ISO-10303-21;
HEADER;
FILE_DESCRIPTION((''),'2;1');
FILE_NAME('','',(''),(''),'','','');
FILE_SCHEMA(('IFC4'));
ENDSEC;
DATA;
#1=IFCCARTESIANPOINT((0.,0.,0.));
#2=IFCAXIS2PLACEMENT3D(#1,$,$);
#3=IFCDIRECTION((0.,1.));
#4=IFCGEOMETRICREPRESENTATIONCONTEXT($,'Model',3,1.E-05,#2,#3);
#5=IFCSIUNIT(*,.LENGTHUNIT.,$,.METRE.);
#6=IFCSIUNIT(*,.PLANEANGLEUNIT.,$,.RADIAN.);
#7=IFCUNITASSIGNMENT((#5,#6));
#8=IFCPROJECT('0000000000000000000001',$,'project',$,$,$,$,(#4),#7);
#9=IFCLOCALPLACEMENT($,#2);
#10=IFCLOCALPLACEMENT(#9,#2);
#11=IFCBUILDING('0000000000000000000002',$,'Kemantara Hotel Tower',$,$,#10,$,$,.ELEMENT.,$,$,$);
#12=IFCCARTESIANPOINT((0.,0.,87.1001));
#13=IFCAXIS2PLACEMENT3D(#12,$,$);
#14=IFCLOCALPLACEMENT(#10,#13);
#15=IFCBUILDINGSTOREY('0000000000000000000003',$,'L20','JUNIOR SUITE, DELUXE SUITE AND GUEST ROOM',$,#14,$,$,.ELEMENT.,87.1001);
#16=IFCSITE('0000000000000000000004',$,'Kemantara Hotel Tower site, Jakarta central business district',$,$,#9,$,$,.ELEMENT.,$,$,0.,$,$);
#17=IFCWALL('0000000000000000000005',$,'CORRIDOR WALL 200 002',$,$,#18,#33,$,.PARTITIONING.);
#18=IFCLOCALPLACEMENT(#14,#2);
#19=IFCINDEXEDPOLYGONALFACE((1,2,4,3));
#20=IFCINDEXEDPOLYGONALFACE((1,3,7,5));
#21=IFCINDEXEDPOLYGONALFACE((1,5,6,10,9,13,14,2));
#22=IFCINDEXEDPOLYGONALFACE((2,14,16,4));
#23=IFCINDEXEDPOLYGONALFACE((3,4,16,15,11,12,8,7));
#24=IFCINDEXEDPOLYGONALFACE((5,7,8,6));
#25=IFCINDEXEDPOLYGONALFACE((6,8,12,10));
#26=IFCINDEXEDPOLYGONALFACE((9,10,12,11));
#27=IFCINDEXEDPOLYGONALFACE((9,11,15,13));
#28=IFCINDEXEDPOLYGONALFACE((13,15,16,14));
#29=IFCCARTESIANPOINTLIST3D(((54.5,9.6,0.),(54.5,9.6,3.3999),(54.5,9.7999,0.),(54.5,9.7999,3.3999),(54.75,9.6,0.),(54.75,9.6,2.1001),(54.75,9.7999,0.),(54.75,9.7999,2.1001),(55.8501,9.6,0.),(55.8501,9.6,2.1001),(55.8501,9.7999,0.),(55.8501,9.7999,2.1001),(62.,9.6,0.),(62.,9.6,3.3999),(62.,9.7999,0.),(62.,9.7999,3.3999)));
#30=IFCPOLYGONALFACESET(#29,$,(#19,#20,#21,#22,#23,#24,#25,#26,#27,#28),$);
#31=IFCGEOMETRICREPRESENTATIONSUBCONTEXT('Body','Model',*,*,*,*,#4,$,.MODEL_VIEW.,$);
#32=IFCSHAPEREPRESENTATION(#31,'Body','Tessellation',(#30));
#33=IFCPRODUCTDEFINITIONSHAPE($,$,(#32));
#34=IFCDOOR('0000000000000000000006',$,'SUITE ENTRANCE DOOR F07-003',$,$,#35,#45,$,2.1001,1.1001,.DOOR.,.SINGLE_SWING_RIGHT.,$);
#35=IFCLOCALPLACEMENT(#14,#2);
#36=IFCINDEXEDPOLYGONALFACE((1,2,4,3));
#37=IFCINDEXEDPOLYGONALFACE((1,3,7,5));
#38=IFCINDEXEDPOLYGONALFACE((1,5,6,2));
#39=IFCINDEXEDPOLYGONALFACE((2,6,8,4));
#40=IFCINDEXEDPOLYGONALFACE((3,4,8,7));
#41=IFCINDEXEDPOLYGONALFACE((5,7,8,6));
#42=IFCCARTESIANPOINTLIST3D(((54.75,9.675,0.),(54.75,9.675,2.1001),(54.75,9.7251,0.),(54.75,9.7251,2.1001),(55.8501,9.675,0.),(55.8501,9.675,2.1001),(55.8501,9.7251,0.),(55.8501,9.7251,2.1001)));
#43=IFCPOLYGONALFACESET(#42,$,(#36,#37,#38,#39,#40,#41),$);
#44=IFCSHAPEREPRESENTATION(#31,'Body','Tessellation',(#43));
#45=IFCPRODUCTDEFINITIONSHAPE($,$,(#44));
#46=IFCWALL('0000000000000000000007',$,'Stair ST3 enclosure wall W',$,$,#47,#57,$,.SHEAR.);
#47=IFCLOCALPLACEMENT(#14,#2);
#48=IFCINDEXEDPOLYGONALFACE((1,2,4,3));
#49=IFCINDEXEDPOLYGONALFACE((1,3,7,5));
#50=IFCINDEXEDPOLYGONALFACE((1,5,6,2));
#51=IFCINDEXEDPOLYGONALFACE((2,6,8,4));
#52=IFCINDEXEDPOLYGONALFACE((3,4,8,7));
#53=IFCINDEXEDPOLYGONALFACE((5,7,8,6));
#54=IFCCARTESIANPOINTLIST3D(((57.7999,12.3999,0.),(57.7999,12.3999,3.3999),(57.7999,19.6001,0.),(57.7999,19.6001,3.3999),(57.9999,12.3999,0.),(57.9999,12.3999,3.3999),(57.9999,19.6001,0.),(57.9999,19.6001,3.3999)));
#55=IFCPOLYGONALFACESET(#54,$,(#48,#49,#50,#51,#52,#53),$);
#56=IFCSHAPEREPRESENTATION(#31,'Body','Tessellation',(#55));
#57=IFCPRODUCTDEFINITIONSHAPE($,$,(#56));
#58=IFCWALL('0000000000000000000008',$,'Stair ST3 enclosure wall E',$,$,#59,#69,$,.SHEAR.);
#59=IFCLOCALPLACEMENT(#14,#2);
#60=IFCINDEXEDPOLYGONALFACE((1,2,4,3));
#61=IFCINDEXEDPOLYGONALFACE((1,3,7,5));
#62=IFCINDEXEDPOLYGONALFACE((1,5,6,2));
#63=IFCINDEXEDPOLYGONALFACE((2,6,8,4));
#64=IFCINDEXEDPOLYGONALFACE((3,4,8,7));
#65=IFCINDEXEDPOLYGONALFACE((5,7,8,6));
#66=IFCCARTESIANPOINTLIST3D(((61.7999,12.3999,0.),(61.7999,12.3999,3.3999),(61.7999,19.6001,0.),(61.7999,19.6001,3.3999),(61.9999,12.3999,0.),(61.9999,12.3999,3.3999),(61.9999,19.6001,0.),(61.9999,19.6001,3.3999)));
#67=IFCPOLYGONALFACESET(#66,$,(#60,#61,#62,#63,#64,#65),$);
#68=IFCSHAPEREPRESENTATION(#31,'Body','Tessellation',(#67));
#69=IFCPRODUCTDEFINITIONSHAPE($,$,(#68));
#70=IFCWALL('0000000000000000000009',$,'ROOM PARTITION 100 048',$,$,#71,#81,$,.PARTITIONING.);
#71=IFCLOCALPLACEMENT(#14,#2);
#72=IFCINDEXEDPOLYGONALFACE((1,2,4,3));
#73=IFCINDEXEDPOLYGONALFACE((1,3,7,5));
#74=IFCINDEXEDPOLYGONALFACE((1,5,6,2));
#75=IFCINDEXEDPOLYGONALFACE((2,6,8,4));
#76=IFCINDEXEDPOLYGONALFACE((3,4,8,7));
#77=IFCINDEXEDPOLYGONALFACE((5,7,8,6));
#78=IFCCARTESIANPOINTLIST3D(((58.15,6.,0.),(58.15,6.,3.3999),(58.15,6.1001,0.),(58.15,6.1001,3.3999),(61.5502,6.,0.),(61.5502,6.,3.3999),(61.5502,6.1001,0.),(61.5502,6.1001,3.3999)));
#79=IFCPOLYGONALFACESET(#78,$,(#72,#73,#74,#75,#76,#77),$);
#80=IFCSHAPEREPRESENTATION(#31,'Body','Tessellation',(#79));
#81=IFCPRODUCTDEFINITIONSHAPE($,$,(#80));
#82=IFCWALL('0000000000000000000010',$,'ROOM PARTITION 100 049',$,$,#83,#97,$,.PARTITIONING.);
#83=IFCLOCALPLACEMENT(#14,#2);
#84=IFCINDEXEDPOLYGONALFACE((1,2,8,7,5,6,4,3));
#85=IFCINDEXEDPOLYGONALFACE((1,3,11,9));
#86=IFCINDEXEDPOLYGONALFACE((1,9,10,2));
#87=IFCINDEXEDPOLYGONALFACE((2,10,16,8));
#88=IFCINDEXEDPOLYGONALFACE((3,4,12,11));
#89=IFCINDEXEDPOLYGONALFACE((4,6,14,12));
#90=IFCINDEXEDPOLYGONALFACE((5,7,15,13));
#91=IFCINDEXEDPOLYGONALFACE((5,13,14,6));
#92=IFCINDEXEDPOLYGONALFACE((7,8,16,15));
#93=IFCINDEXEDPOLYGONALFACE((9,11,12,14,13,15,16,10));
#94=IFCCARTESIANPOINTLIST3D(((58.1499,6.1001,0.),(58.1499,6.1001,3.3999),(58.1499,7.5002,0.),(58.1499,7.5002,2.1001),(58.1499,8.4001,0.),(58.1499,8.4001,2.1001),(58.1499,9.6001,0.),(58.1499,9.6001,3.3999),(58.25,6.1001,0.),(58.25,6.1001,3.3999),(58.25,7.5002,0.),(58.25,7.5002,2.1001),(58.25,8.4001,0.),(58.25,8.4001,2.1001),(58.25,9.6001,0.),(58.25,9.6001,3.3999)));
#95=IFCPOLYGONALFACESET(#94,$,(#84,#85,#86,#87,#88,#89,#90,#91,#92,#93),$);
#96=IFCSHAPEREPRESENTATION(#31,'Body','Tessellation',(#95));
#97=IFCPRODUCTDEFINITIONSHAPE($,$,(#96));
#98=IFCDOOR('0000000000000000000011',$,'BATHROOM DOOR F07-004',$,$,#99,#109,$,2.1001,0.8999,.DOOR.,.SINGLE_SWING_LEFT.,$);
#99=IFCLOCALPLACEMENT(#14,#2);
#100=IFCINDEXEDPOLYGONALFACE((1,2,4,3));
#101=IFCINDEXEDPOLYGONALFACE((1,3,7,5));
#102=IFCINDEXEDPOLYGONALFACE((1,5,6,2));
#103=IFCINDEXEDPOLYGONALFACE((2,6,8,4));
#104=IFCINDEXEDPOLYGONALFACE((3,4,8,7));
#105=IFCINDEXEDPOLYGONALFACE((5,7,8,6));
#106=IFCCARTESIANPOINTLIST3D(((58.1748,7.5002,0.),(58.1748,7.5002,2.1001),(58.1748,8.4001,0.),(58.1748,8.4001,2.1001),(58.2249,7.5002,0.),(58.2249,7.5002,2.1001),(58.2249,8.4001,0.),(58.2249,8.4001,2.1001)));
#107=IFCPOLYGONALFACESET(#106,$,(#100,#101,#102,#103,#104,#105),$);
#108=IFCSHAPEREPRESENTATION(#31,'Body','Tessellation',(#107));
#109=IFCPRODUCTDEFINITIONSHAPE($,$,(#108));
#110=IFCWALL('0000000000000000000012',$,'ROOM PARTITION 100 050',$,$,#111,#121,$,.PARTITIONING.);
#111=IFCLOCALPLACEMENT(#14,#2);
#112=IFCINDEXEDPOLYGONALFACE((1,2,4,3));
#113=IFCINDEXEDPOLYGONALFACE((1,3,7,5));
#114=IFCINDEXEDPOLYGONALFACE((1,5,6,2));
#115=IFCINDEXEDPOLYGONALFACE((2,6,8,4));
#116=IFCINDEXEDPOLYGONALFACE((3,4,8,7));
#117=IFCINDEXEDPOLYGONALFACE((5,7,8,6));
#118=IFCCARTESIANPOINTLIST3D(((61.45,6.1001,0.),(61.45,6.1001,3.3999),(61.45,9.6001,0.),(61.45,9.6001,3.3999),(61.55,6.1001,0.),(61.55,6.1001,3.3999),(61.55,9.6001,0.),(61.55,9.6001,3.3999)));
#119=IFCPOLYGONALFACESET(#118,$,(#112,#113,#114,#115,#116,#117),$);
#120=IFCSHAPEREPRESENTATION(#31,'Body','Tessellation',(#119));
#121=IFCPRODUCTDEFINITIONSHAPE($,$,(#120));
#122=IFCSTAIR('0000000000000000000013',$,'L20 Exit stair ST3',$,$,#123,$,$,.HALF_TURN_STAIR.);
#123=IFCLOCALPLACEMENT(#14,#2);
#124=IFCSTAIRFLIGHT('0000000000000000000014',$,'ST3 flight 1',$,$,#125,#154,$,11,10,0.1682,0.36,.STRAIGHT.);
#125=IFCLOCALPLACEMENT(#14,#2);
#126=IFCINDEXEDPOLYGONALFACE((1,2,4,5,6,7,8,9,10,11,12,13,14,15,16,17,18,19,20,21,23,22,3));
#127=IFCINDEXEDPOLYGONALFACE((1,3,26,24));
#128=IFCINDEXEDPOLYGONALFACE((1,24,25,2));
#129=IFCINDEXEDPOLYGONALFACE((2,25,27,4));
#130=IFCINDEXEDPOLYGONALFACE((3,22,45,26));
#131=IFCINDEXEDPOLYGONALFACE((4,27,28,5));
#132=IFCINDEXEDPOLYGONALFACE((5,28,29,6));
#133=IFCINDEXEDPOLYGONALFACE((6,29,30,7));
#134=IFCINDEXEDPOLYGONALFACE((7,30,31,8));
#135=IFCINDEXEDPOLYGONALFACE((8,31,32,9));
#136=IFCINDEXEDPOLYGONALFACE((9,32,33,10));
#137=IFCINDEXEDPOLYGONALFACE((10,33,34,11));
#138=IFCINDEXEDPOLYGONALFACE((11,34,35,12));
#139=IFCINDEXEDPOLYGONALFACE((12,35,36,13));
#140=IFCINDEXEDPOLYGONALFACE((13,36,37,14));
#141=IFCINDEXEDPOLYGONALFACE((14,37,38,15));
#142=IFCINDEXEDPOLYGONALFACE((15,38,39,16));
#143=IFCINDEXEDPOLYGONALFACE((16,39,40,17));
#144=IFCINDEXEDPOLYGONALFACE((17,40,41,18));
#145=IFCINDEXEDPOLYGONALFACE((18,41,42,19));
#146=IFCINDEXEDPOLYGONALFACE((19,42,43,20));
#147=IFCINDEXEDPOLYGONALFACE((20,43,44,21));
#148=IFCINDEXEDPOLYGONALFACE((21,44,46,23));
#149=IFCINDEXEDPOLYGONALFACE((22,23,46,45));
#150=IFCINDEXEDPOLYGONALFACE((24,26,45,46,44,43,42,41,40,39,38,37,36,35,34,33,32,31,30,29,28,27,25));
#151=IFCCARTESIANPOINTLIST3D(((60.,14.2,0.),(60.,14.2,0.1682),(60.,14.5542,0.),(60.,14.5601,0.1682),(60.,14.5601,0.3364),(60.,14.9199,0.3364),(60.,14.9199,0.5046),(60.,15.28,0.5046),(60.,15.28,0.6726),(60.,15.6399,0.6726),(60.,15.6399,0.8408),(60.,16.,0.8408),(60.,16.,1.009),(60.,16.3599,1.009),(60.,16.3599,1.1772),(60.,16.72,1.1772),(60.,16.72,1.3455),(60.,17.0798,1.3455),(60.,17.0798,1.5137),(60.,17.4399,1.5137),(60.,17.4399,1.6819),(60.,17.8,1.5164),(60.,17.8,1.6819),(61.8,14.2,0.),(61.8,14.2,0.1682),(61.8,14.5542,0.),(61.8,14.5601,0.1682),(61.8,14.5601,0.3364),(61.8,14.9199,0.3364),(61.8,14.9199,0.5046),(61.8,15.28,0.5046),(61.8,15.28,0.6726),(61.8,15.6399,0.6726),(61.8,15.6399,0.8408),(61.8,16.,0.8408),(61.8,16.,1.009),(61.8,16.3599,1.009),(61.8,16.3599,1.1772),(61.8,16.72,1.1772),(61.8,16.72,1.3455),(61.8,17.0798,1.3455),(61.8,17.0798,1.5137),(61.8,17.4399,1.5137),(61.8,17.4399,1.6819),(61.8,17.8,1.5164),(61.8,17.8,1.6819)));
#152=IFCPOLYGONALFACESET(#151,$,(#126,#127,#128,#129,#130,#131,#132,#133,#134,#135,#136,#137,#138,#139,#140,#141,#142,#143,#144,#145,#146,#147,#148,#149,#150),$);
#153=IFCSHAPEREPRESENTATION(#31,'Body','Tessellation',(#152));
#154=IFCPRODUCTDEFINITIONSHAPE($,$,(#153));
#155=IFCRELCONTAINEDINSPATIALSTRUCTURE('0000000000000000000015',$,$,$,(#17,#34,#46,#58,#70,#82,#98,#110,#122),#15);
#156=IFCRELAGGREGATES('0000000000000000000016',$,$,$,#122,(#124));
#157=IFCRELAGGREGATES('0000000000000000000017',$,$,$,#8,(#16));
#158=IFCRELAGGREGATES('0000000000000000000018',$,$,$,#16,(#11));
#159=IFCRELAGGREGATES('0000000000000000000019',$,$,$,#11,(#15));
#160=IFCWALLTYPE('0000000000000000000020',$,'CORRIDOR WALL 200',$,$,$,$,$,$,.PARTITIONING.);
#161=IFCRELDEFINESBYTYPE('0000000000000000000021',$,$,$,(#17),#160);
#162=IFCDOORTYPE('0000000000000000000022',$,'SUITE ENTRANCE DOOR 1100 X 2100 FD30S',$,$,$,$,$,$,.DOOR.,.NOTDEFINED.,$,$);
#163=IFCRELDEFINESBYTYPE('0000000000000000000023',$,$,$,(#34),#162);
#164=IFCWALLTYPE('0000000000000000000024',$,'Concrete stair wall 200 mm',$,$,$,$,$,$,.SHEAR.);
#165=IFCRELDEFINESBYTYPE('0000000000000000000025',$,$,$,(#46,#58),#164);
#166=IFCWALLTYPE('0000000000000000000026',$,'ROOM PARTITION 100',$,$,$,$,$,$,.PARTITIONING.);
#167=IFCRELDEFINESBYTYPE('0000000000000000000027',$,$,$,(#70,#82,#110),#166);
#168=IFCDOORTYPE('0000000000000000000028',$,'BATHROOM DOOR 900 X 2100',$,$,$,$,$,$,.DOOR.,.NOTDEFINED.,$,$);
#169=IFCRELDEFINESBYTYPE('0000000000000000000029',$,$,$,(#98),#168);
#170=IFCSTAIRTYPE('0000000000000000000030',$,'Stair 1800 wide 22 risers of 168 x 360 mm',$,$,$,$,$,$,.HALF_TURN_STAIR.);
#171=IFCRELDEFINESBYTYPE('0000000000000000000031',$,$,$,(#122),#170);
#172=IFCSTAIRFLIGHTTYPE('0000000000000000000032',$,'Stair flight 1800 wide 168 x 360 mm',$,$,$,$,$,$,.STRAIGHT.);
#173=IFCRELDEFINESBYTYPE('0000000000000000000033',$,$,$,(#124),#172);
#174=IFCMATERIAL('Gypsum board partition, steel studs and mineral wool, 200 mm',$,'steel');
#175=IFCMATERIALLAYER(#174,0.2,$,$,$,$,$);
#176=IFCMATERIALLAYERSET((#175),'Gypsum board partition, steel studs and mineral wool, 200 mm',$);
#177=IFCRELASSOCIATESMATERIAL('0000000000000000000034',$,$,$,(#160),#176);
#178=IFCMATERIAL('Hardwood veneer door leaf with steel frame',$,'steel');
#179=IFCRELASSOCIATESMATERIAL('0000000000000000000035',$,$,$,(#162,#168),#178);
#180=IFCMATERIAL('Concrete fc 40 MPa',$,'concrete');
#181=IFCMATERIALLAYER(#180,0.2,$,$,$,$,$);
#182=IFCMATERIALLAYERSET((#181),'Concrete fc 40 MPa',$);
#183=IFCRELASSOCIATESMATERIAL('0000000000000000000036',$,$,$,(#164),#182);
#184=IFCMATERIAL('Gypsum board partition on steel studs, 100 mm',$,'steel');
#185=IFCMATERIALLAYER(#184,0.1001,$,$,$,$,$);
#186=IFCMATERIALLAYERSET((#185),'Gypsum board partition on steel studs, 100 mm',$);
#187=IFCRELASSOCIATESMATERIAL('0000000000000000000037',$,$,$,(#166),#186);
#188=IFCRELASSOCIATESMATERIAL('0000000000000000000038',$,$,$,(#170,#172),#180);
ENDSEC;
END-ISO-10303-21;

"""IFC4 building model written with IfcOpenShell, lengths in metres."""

from ifc_helpers import new_model, si_unit, direction, frame, frame_2d, origin, place, context, subcontext, project, spatial, polyline, rectangle, outline, extrude, material, layer, layer_set, type_object, element, fill, aggregate, save


model = new_model("IFC4")

# Units and contexts
model_context = context("Model", 3, precision=1e-05, world=origin(), true_north=direction((0.0, 1.0)))
body_context = subcontext(model_context, "Body", "Model", "MODEL_VIEW")
ifc_project = project(units=[si_unit("LENGTHUNIT", "METRE"), si_unit("PLANEANGLEUNIT", "RADIAN")], contexts=[model_context])

# Site, building, storey
site_placement = place(None, origin())
site = spatial("IfcSite", under=ifc_project, at=site_placement, Name="Kemantara Hotel Tower site, Jakarta central business district", CompositionType="ELEMENT", RefElevation=0.0)
building_placement = place(site_placement, origin())
building = spatial("IfcBuilding", under=site, at=building_placement, Name="Kemantara Hotel Tower", CompositionType="ELEMENT")
storey_placement = place(building_placement, frame((0.0, 0.0, 87.1001)))
storey = spatial("IfcBuildingStorey", under=building, at=storey_placement, Name="L20", Description="JUNIOR SUITE, DELUXE SUITE AND GUEST ROOM", CompositionType="ELEMENT", Elevation=87.1001)

# Wall, opening, door
ifc_material_1 = material(Name="Gypsum board partition, steel studs and mineral wool, 200 mm", Category="steel")
ifc_layer_1 = layer(ifc_material_1, 0.2)
ifc_layer_set_1 = layer_set([ifc_layer_1], Name="Gypsum board partition, steel studs and mineral wool, 200 mm")
wall_type_1 = type_object("IfcWallType", Name="CORRIDOR WALL 200", PredefinedType="PARTITIONING", material=ifc_layer_set_1)
wall_1_placement = place(storey_placement, frame((62.0, 9.7, 0.0), z_axis=(0.0, 0.0, 1.0), x_axis=(-1.0, 0.0, 0.0)))
wall_1 = element("IfcWall", 1, at=wall_1_placement, inside=storey, type_object=wall_type_1, Name="CORRIDOR WALL 200 002", PredefinedType="PARTITIONING", context=body_context, shape_type="SweptSolid", body=[
    extrude(rectangle(XDim=7.5, YDim=0.2, at=frame_2d((3.75, 0.0))), origin(), (0.0, 0.0, 1.0), 3.3999),
])
opening_1_placement = place(wall_1_placement, frame((6.1499, 0.0, 0.0)))
opening_1 = element("IfcOpeningElement", 2, at=opening_1_placement, cuts=wall_1, PredefinedType="OPENING", context=body_context, shape_type="SweptSolid", body=[
    extrude(rectangle(XDim=1.1001, YDim=2.1001, at=frame_2d((0.55, 1.05))), frame((0.0, 0.1099, 0.0), z_axis=(0.0, -1.0, 0.0), x_axis=(1.0, 0.0, 0.0)), (0.0, 0.0, 1.0), 0.22),
])
ifc_material_2 = material(Name="Hardwood veneer door leaf with steel frame", Category="steel")
door_type_1 = type_object("IfcDoorType", Name="SUITE ENTRANCE DOOR 1100 X 2100 FD30S", OperationType="NOTDEFINED", PredefinedType="DOOR", material=ifc_material_2)
door_1_placement = place(opening_1_placement, origin())
door_1 = element("IfcDoor", 3, at=door_1_placement, inside=storey, type_object=door_type_1, Name="SUITE ENTRANCE DOOR F07-003", OperationType="SINGLE_SWING_RIGHT", OverallHeight=2.1001, OverallWidth=1.1001, PredefinedType="DOOR", context=body_context, shape_type="SweptSolid", body=[
    extrude(rectangle(XDim=1.1001, YDim=2.1001, at=frame_2d((0.55, 1.05))), frame((0.0, 0.0249, 0.0), z_axis=(0.0, -1.0, 0.0), x_axis=(1.0, 0.0, 0.0)), (0.0, 0.0, 1.0), 0.05),
])
fill(opening_1, door_1)

# Walls
ifc_material_3 = material(Name="Concrete fc 40 MPa", Category="concrete")
ifc_layer_2 = layer(ifc_material_3, 0.2)
ifc_layer_set_2 = layer_set([ifc_layer_2], Name="Concrete fc 40 MPa")
wall_type_2 = type_object("IfcWallType", Name="Concrete stair wall 200 mm", PredefinedType="SHEAR", material=ifc_layer_set_2)
for number, where, z_axis, x_axis, name in (
    (4, (57.8999, 12.3999, 0.0), (0.0, 0.0, 1.0), (0.0, 1.0, 0.0), "Stair ST3 enclosure wall W"),
    (5, (61.8999, 12.3999, 0.0), (0.0, 0.0, 1.0), (0.0, 1.0, 0.0), "Stair ST3 enclosure wall E"),
):
    element("IfcWall", number, at=place(storey_placement, frame(where, z_axis=z_axis, x_axis=x_axis)), inside=storey, type_object=wall_type_2, Name=name, PredefinedType="SHEAR", context=body_context, shape_type="SweptSolid", body=[
        extrude(rectangle(XDim=7.2002, YDim=0.2, at=frame_2d((3.6001, 0.0))), origin(), (0.0, 0.0, 1.0), 3.3999),
    ])
ifc_material_4 = material(Name="Gypsum board partition on steel studs, 100 mm", Category="steel")
ifc_layer_3 = layer(ifc_material_4, 0.1001)
ifc_layer_set_3 = layer_set([ifc_layer_3], Name="Gypsum board partition on steel studs, 100 mm")
wall_type_3 = type_object("IfcWallType", Name="ROOM PARTITION 100", PredefinedType="PARTITIONING", material=ifc_layer_set_3)
wall_2_placement = place(storey_placement, frame((58.1499, 6.05, 0.0), z_axis=(0.0, 0.0, 1.0), x_axis=(1.0, 0.0, 0.0)))
element("IfcWall", 6, at=wall_2_placement, inside=storey, type_object=wall_type_3, Name="ROOM PARTITION 100 048", PredefinedType="PARTITIONING", context=body_context, shape_type="SweptSolid", body=[
    extrude(rectangle(XDim=3.4001, YDim=0.1001, at=frame_2d((1.7002, 0.0))), origin(), (0.0, 0.0, 1.0), 3.3999),
])

# Wall, opening, door
wall_3_placement = place(storey_placement, frame((58.2, 9.6001, 0.0), z_axis=(0.0, 0.0, 1.0), x_axis=(0.0, -1.0, 0.0)))
wall_3 = element("IfcWall", 7, at=wall_3_placement, inside=storey, type_object=wall_type_3, Name="ROOM PARTITION 100 049", PredefinedType="PARTITIONING", context=body_context, shape_type="SweptSolid", body=[
    extrude(rectangle(XDim=3.5, YDim=0.1001, at=frame_2d((1.75, 0.0))), origin(), (0.0, 0.0, 1.0), 3.3999),
])
opening_2_placement = place(wall_3_placement, frame((1.2, 0.0, 0.0)))
opening_2 = element("IfcOpeningElement", 8, at=opening_2_placement, cuts=wall_3, PredefinedType="OPENING", context=body_context, shape_type="SweptSolid", body=[
    extrude(rectangle(XDim=0.8999, YDim=2.1001, at=frame_2d((0.45, 1.05))), frame((0.0, 0.0601, 0.0), z_axis=(0.0, -1.0, 0.0), x_axis=(1.0, 0.0, 0.0)), (0.0, 0.0, 1.0), 0.1201),
])
door_type_2 = type_object("IfcDoorType", Name="BATHROOM DOOR 900 X 2100", OperationType="NOTDEFINED", PredefinedType="DOOR", material=ifc_material_2)
door_2_placement = place(opening_2_placement, origin())
door_2 = element("IfcDoor", 9, at=door_2_placement, inside=storey, type_object=door_type_2, Name="BATHROOM DOOR F07-004", OperationType="SINGLE_SWING_LEFT", OverallHeight=2.1001, OverallWidth=0.8999, PredefinedType="DOOR", context=body_context, shape_type="SweptSolid", body=[
    extrude(rectangle(XDim=0.8999, YDim=2.1001, at=frame_2d((0.45, 1.05))), frame((0.0, 0.0249, 0.0), z_axis=(0.0, -1.0, 0.0), x_axis=(1.0, 0.0, 0.0)), (0.0, 0.0, 1.0), 0.05),
])
fill(opening_2, door_2)

# Wall
wall_4_placement = place(storey_placement, frame((61.5, 6.1001, 0.0), z_axis=(0.0, 0.0, 1.0), x_axis=(0.0, 1.0, 0.0)))
element("IfcWall", 10, at=wall_4_placement, inside=storey, type_object=wall_type_3, Name="ROOM PARTITION 100 050", PredefinedType="PARTITIONING", context=body_context, shape_type="SweptSolid", body=[
    extrude(rectangle(XDim=3.5, YDim=0.1001, at=frame_2d((1.75, 0.0))), origin(), (0.0, 0.0, 1.0), 3.3999),
])

# Stair, stair flight
stair_type = type_object("IfcStairType", Name="Stair 1800 wide 22 risers of 168 x 360 mm", PredefinedType="HALF_TURN_STAIR", material=ifc_material_3)
stair_placement = place(storey_placement, origin())
stair = element("IfcStair", 11, at=stair_placement, inside=storey, type_object=stair_type, Name="L20 Exit stair ST3", PredefinedType="HALF_TURN_STAIR")
stair_flight_type = type_object("IfcStairFlightType", Name="Stair flight 1800 wide 168 x 360 mm", PredefinedType="STRAIGHT", material=ifc_material_3)
stair_flight_placement = place(storey_placement, frame((60.8999, 14.2, 0.0), z_axis=(0.0, 0.0, 1.0), x_axis=(0.0, 1.0, 0.0)))
stair_flight = element("IfcStairFlight", 12, at=stair_flight_placement, type_object=stair_flight_type, Name="ST3 flight 1", NumberOfRisers=11, NumberOfTreads=10, PredefinedType="STRAIGHT", RiserHeight=0.1682, TreadLength=0.36, context=body_context, shape_type="SweptSolid", body=[
    extrude(outline(polyline([(0.0, 0.0), (0.0, 0.1682), (0.3601, 0.1682), (0.3601, 0.3364), (0.72, 0.3364), (0.72, 0.5046), (1.0801, 0.5046), (1.0801, 0.6726), (1.4399, 0.6726), (1.4399, 0.8408), (1.8, 0.8408), (1.8, 1.009), (2.1599, 1.009), (2.1599, 1.1772), (2.52, 1.1772), (2.52, 1.3455), (2.8799, 1.3455), (2.8799, 1.5137), (3.24, 1.5137), (3.24, 1.6819), (3.6001, 1.6819), (3.6001, 1.8501), (3.6001, 1.5164), (0.3542, 0.0), (0.0, 0.0)])), frame((0.0, 0.8999, 0.0), z_axis=(0.0, -1.0, 0.0), x_axis=(1.0, 0.0, 0.0)), (0.0, 0.0, 1.0), 1.8),
])
aggregate(stair, [stair_flight])

save(model, "model.ifc")
